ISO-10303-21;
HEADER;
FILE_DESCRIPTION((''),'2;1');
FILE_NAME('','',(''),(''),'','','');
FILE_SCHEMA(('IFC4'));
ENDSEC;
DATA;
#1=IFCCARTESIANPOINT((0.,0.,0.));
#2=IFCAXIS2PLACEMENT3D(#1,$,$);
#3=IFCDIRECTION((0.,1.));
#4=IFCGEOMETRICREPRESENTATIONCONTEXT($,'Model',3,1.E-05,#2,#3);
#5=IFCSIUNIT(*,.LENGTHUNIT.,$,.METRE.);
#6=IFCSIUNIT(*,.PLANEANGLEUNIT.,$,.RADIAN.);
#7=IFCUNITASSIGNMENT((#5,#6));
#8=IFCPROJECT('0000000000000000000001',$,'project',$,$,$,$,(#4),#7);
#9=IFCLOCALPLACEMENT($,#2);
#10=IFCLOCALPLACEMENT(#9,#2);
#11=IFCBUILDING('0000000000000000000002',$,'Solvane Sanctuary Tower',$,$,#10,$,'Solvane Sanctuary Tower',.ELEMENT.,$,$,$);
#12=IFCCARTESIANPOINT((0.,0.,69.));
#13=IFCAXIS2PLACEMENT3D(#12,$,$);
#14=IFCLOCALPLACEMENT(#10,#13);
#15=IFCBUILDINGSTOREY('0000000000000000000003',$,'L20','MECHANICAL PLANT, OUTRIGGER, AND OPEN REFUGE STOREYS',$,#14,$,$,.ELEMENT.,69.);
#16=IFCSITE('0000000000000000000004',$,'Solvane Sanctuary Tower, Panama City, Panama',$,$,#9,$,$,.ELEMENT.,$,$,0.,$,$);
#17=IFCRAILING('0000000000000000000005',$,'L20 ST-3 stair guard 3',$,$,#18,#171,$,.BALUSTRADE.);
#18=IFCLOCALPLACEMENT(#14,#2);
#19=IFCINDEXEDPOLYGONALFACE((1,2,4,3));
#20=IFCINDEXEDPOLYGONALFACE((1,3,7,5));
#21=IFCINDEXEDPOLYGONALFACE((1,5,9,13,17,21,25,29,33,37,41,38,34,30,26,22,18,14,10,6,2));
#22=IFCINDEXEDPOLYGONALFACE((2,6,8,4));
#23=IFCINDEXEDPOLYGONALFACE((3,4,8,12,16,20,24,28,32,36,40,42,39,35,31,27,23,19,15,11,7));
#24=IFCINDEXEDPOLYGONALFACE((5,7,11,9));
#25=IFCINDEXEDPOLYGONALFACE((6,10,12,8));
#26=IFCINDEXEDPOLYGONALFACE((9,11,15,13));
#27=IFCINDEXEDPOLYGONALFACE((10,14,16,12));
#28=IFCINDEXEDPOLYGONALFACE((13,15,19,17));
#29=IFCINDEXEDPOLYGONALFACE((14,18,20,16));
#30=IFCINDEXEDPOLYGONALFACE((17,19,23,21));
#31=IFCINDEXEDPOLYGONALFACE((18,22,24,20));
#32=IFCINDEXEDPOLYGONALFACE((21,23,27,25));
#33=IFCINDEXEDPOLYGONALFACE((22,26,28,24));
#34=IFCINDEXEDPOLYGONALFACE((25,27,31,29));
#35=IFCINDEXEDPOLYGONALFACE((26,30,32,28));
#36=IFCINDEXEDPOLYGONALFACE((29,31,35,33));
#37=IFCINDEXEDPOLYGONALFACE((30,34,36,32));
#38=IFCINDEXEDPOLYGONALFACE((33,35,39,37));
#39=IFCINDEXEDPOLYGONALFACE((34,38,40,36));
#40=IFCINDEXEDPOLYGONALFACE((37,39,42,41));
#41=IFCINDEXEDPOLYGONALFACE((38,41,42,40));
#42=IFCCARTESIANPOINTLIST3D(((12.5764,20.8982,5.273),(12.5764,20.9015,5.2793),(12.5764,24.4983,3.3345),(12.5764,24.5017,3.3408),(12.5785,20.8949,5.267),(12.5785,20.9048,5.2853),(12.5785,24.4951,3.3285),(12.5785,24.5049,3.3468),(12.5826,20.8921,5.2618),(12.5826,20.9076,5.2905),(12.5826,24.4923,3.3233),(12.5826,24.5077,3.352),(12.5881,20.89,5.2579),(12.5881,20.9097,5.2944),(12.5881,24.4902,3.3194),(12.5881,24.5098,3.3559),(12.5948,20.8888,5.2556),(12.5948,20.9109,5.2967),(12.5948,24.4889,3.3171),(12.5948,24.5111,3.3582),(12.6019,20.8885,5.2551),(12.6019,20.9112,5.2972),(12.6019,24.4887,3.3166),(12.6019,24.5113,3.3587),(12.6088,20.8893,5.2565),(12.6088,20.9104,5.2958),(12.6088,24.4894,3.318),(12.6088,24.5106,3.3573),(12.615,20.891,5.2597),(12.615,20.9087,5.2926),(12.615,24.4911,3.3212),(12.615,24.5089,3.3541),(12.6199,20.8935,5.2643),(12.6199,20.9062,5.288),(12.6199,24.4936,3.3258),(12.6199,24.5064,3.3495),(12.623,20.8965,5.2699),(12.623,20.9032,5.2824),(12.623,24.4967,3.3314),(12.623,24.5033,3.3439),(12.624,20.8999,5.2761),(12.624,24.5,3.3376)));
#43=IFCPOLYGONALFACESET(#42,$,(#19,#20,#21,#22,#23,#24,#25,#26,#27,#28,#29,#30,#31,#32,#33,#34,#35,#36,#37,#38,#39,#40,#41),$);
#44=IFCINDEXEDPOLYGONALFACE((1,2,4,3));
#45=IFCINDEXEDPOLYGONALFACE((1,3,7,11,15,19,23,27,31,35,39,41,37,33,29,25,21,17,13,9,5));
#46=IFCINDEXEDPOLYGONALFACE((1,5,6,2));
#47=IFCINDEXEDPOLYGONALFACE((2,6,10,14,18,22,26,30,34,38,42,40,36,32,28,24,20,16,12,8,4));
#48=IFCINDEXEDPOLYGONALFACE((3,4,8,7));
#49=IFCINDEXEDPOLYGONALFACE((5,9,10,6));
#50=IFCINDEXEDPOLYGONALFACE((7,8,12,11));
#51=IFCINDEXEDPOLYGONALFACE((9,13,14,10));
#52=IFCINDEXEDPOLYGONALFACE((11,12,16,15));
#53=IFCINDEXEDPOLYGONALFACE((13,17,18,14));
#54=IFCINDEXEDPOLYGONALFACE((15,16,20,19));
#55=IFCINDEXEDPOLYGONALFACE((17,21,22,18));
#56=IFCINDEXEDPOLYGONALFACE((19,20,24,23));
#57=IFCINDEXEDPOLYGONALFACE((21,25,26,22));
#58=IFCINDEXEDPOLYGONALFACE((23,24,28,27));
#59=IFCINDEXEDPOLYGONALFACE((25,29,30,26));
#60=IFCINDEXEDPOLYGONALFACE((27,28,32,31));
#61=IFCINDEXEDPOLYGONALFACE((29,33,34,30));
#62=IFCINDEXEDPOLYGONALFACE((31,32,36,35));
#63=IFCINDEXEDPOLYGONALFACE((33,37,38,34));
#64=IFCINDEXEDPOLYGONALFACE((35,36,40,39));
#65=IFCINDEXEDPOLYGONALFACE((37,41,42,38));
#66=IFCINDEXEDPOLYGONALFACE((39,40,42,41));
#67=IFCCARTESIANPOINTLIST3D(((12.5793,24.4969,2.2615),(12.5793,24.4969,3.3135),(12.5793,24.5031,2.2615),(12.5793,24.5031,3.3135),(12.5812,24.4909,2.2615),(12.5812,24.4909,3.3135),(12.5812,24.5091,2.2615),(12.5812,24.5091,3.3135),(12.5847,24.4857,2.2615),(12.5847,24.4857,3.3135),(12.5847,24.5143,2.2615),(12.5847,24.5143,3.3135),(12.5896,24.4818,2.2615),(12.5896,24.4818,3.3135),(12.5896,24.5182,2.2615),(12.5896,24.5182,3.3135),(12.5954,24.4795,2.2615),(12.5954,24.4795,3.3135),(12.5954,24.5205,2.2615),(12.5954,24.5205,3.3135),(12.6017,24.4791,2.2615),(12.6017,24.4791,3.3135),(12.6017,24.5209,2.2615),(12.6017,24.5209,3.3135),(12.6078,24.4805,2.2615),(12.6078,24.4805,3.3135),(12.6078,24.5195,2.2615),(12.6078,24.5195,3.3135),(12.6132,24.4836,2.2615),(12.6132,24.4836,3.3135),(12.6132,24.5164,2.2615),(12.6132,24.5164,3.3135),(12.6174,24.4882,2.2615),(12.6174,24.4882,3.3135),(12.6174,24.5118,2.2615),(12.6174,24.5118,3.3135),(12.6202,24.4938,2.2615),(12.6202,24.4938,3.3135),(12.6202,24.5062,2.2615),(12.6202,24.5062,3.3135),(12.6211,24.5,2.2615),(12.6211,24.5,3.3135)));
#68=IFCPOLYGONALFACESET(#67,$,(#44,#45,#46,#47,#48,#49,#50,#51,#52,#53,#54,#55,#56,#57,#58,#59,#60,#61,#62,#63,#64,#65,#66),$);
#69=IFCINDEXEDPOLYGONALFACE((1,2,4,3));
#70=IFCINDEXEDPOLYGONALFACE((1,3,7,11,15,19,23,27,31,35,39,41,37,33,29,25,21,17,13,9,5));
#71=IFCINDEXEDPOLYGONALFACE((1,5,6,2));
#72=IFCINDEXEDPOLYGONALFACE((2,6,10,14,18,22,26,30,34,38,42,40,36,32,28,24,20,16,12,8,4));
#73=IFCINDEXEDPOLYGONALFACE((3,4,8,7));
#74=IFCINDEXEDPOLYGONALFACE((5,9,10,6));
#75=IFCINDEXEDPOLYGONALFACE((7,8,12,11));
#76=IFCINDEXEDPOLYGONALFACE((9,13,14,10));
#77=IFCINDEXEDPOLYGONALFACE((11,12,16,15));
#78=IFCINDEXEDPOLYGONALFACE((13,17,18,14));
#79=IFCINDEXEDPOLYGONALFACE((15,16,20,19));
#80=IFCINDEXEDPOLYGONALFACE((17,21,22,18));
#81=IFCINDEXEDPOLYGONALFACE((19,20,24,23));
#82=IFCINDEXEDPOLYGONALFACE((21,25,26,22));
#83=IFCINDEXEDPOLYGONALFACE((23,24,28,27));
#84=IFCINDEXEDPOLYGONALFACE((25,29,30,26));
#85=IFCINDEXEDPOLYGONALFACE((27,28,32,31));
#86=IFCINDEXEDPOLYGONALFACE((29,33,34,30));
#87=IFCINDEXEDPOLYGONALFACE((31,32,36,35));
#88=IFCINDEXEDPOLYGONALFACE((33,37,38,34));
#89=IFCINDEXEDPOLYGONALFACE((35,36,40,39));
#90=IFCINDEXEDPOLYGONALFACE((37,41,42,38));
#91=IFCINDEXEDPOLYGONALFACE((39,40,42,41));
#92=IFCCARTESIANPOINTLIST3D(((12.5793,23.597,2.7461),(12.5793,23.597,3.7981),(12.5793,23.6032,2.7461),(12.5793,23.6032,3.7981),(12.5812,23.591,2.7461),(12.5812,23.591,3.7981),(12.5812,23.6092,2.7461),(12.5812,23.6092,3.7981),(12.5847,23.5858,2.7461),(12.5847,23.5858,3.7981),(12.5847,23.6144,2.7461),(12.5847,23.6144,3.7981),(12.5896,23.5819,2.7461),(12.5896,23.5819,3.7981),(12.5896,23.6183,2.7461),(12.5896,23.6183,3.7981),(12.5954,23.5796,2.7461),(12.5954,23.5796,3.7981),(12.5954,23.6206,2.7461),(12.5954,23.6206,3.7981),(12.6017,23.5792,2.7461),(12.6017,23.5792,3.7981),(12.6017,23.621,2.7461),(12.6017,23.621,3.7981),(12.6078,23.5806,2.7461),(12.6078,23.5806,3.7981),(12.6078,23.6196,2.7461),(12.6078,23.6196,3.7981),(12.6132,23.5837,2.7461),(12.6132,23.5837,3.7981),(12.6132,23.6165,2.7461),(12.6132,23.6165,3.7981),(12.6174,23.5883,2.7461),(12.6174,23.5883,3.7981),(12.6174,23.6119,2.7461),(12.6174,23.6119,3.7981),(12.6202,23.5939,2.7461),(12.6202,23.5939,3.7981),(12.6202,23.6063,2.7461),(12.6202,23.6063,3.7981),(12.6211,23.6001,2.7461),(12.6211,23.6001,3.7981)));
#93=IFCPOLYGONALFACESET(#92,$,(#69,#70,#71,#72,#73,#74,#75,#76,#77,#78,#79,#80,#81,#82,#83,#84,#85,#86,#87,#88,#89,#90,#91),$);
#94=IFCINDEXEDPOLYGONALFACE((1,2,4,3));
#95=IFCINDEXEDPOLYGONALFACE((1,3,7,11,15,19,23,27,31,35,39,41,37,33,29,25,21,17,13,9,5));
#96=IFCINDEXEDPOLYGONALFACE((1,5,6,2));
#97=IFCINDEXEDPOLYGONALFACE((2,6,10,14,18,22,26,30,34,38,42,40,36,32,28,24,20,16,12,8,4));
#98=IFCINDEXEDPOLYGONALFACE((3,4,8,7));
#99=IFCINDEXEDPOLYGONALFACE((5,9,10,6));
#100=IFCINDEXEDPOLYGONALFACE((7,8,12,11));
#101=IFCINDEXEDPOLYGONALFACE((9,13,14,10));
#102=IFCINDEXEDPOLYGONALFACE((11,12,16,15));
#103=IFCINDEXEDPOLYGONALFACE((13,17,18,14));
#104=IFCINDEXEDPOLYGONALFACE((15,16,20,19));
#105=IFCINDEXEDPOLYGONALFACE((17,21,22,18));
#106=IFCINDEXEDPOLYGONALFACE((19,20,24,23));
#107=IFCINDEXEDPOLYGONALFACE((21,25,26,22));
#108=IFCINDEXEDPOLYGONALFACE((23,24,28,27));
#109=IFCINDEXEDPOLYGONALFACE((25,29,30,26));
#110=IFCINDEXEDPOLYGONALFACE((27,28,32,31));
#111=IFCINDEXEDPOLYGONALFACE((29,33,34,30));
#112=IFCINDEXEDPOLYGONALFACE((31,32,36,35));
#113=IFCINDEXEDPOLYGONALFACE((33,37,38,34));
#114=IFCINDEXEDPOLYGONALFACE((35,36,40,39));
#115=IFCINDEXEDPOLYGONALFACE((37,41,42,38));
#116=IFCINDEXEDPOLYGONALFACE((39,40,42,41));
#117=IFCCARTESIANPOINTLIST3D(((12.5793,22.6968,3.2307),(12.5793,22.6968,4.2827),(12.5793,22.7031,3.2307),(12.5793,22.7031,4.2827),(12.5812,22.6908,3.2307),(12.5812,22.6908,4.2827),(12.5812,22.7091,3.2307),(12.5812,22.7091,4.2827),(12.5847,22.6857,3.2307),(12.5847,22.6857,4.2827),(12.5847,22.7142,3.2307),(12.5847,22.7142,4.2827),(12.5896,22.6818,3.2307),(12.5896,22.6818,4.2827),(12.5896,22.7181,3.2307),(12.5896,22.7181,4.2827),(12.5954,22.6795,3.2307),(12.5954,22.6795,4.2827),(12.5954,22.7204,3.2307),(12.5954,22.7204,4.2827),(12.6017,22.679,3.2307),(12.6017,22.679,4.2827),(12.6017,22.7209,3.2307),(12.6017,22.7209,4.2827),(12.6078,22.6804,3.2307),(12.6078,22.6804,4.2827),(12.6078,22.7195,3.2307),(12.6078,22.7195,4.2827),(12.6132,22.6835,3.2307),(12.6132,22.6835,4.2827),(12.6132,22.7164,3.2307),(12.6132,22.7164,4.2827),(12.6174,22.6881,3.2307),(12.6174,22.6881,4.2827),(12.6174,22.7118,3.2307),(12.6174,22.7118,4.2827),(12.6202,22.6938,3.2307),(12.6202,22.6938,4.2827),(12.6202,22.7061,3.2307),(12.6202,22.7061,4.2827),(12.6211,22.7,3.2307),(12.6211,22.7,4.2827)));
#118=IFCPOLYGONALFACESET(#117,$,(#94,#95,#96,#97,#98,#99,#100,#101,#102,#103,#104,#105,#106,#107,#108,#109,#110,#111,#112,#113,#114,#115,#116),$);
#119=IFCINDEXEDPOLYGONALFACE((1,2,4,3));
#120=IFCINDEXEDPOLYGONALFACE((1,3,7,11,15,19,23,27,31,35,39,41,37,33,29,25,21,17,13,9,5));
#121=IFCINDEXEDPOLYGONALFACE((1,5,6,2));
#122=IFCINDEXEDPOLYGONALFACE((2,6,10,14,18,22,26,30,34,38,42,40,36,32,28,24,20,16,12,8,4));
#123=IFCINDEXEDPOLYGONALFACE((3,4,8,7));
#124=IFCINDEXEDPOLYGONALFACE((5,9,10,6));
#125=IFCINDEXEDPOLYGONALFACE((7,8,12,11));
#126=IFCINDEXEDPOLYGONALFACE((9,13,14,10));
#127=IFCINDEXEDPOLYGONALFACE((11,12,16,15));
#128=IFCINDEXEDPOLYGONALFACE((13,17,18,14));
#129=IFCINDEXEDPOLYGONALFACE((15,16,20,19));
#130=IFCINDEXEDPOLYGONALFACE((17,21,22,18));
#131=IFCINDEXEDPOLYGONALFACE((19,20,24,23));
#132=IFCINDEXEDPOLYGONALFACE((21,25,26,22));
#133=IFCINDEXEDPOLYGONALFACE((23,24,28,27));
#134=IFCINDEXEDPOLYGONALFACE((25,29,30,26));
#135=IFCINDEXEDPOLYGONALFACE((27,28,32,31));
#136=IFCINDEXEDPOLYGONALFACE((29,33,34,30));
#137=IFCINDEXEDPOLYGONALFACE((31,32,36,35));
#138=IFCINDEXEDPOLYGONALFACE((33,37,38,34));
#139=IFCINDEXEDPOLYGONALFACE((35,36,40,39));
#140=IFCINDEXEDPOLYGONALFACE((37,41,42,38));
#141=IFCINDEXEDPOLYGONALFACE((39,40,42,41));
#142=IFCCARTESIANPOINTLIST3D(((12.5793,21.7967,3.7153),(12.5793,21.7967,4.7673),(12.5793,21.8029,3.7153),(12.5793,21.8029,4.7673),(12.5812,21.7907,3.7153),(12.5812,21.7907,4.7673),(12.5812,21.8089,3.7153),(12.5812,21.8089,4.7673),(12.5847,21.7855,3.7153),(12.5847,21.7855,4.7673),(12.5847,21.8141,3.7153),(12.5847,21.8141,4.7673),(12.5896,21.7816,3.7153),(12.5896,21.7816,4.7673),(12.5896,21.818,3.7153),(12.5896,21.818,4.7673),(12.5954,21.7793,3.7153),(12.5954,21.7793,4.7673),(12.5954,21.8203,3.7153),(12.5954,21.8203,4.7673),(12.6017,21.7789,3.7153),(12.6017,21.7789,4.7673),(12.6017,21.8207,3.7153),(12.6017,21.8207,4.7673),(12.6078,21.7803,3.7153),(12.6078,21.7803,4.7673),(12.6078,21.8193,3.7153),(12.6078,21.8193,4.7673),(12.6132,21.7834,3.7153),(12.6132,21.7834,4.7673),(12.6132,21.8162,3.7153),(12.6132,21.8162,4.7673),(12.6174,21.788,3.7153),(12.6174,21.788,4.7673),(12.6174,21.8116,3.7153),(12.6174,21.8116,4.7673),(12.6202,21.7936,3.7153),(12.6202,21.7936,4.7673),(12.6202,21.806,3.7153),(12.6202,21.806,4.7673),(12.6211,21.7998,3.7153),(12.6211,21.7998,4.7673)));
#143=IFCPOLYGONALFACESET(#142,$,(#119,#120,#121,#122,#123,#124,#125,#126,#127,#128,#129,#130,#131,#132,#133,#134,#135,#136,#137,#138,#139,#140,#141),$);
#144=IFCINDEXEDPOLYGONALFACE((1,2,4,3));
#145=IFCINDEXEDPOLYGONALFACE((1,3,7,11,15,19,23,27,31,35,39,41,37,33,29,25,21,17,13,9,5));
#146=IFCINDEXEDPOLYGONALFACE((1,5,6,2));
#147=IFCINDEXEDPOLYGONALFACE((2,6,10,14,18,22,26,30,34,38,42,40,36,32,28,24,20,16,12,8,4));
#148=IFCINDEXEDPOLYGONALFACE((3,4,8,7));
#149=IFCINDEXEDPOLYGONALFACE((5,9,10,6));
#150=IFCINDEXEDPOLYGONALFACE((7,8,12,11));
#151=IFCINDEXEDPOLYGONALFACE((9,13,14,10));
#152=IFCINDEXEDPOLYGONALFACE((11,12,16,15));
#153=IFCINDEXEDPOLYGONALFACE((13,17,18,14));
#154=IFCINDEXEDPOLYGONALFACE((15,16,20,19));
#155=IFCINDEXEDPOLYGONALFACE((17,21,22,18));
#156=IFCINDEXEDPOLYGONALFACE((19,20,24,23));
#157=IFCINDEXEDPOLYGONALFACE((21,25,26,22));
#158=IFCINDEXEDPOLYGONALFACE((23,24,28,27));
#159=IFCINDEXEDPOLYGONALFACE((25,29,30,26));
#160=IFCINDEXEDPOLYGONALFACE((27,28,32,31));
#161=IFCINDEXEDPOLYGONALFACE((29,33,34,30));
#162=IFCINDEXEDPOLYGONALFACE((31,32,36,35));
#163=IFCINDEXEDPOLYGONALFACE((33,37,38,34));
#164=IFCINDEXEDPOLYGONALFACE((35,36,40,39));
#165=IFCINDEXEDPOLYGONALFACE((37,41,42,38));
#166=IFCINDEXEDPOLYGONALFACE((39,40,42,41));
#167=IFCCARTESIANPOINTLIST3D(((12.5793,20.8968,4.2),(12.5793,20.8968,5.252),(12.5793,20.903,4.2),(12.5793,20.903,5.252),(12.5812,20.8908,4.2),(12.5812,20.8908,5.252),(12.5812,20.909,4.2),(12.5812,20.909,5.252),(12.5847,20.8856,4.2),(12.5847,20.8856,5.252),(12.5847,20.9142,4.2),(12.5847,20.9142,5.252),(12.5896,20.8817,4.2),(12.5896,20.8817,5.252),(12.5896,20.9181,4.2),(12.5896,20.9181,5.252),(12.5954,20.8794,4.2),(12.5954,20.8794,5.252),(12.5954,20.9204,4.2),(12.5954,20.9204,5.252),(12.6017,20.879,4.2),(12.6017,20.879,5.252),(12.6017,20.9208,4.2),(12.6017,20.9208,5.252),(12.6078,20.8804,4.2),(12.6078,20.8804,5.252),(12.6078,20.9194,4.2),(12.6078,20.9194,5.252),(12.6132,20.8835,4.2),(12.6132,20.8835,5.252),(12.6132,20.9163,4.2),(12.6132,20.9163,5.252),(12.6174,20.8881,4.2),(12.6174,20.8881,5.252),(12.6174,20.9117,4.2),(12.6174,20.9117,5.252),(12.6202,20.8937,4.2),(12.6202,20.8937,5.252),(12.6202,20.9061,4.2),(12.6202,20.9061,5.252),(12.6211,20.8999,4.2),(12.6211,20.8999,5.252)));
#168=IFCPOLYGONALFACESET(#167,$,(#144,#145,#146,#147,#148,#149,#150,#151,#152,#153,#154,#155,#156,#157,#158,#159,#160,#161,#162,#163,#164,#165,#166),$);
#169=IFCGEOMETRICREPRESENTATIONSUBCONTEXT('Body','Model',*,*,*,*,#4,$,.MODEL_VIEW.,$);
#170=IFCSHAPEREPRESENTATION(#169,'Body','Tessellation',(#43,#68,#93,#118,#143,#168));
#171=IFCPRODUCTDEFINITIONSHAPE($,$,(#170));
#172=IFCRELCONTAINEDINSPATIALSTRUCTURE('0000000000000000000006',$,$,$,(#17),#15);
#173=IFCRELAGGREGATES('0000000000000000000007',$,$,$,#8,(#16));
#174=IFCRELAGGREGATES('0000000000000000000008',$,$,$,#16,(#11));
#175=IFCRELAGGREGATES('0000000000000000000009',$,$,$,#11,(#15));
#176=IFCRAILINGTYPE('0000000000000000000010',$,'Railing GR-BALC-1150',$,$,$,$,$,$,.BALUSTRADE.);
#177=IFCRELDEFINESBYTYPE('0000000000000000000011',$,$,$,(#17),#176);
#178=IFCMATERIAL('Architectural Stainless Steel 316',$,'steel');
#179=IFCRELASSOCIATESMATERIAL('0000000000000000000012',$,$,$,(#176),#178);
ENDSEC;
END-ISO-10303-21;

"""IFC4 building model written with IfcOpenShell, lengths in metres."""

from ifc_helpers import new_model, si_unit, direction, frame, origin, origin_2d, place, context, subcontext, project, spatial, circle, extrude, material, type_object, element, save


model = new_model("IFC4")

# Units and contexts
model_context = context("Model", 3, precision=1e-05, world=origin(), true_north=direction((0.0, 1.0)))
body_context = subcontext(model_context, "Body", "Model", "MODEL_VIEW")
ifc_project = project(units=[si_unit("LENGTHUNIT", "METRE"), si_unit("PLANEANGLEUNIT", "RADIAN")], contexts=[model_context])

# Site, building, storey
site_placement = place(None, origin())
site = spatial("IfcSite", under=ifc_project, at=site_placement, Name="Solvane Sanctuary Tower, Panama City, Panama", CompositionType="ELEMENT", RefElevation=0.0)
building_placement = place(site_placement, origin())
building = spatial("IfcBuilding", under=site, at=building_placement, Name="Solvane Sanctuary Tower", LongName="Solvane Sanctuary Tower", CompositionType="ELEMENT")
storey_placement = place(building_placement, frame((0.0, 0.0, 69.0)))
storey = spatial("IfcBuildingStorey", under=building, at=storey_placement, Name="L20", Description="MECHANICAL PLANT, OUTRIGGER, AND OPEN REFUGE STOREYS", CompositionType="ELEMENT", Elevation=69.0)

# Shared definitions
ifc_material_1 = material(Name="Architectural Stainless Steel 316", Category="steel")

# Railing
railing_type_1 = type_object("IfcRailingType", Name="Railing GR-BALC-1150", PredefinedType="BALUSTRADE", material=ifc_material_1)
railing_1_placement = place(storey_placement, frame((12.6001, 24.5, 2.2615)))
element("IfcRailing", 1, at=railing_1_placement, inside=storey, type_object=railing_type_1, Name="L20 ST-3 stair guard 3", PredefinedType="BALUSTRADE", context=body_context, shape_type="SweptSolid", body=[
    extrude(circle(Radius=0.0239, at=origin_2d()), frame((0.0, 0.0, 1.0762), z_axis=(0.0, -0.880475, 0.474093), x_axis=(1.0, 0.0, 0.0)), (0.0, 0.0, 1.0), 4.0889),
    extrude(circle(Radius=0.021, at=origin_2d()), origin(), (0.0, 0.0, 1.0), 1.052),
    extrude(circle(Radius=0.021, at=origin_2d()), frame((0.0, -0.8999, 0.4846)), (0.0, 0.0, 1.0), 1.052),
    extrude(circle(Radius=0.021, at=origin_2d()), frame((0.0, -1.8, 0.9692)), (0.0, 0.0, 1.0), 1.052),
    extrude(circle(Radius=0.021, at=origin_2d()), frame((0.0, -2.7002, 1.4539)), (0.0, 0.0, 1.0), 1.052),
    extrude(circle(Radius=0.021, at=origin_2d()), frame((0.0, -3.6001, 1.9385)), (0.0, 0.0, 1.0), 1.052),
])

save(model, "model.ifc")
